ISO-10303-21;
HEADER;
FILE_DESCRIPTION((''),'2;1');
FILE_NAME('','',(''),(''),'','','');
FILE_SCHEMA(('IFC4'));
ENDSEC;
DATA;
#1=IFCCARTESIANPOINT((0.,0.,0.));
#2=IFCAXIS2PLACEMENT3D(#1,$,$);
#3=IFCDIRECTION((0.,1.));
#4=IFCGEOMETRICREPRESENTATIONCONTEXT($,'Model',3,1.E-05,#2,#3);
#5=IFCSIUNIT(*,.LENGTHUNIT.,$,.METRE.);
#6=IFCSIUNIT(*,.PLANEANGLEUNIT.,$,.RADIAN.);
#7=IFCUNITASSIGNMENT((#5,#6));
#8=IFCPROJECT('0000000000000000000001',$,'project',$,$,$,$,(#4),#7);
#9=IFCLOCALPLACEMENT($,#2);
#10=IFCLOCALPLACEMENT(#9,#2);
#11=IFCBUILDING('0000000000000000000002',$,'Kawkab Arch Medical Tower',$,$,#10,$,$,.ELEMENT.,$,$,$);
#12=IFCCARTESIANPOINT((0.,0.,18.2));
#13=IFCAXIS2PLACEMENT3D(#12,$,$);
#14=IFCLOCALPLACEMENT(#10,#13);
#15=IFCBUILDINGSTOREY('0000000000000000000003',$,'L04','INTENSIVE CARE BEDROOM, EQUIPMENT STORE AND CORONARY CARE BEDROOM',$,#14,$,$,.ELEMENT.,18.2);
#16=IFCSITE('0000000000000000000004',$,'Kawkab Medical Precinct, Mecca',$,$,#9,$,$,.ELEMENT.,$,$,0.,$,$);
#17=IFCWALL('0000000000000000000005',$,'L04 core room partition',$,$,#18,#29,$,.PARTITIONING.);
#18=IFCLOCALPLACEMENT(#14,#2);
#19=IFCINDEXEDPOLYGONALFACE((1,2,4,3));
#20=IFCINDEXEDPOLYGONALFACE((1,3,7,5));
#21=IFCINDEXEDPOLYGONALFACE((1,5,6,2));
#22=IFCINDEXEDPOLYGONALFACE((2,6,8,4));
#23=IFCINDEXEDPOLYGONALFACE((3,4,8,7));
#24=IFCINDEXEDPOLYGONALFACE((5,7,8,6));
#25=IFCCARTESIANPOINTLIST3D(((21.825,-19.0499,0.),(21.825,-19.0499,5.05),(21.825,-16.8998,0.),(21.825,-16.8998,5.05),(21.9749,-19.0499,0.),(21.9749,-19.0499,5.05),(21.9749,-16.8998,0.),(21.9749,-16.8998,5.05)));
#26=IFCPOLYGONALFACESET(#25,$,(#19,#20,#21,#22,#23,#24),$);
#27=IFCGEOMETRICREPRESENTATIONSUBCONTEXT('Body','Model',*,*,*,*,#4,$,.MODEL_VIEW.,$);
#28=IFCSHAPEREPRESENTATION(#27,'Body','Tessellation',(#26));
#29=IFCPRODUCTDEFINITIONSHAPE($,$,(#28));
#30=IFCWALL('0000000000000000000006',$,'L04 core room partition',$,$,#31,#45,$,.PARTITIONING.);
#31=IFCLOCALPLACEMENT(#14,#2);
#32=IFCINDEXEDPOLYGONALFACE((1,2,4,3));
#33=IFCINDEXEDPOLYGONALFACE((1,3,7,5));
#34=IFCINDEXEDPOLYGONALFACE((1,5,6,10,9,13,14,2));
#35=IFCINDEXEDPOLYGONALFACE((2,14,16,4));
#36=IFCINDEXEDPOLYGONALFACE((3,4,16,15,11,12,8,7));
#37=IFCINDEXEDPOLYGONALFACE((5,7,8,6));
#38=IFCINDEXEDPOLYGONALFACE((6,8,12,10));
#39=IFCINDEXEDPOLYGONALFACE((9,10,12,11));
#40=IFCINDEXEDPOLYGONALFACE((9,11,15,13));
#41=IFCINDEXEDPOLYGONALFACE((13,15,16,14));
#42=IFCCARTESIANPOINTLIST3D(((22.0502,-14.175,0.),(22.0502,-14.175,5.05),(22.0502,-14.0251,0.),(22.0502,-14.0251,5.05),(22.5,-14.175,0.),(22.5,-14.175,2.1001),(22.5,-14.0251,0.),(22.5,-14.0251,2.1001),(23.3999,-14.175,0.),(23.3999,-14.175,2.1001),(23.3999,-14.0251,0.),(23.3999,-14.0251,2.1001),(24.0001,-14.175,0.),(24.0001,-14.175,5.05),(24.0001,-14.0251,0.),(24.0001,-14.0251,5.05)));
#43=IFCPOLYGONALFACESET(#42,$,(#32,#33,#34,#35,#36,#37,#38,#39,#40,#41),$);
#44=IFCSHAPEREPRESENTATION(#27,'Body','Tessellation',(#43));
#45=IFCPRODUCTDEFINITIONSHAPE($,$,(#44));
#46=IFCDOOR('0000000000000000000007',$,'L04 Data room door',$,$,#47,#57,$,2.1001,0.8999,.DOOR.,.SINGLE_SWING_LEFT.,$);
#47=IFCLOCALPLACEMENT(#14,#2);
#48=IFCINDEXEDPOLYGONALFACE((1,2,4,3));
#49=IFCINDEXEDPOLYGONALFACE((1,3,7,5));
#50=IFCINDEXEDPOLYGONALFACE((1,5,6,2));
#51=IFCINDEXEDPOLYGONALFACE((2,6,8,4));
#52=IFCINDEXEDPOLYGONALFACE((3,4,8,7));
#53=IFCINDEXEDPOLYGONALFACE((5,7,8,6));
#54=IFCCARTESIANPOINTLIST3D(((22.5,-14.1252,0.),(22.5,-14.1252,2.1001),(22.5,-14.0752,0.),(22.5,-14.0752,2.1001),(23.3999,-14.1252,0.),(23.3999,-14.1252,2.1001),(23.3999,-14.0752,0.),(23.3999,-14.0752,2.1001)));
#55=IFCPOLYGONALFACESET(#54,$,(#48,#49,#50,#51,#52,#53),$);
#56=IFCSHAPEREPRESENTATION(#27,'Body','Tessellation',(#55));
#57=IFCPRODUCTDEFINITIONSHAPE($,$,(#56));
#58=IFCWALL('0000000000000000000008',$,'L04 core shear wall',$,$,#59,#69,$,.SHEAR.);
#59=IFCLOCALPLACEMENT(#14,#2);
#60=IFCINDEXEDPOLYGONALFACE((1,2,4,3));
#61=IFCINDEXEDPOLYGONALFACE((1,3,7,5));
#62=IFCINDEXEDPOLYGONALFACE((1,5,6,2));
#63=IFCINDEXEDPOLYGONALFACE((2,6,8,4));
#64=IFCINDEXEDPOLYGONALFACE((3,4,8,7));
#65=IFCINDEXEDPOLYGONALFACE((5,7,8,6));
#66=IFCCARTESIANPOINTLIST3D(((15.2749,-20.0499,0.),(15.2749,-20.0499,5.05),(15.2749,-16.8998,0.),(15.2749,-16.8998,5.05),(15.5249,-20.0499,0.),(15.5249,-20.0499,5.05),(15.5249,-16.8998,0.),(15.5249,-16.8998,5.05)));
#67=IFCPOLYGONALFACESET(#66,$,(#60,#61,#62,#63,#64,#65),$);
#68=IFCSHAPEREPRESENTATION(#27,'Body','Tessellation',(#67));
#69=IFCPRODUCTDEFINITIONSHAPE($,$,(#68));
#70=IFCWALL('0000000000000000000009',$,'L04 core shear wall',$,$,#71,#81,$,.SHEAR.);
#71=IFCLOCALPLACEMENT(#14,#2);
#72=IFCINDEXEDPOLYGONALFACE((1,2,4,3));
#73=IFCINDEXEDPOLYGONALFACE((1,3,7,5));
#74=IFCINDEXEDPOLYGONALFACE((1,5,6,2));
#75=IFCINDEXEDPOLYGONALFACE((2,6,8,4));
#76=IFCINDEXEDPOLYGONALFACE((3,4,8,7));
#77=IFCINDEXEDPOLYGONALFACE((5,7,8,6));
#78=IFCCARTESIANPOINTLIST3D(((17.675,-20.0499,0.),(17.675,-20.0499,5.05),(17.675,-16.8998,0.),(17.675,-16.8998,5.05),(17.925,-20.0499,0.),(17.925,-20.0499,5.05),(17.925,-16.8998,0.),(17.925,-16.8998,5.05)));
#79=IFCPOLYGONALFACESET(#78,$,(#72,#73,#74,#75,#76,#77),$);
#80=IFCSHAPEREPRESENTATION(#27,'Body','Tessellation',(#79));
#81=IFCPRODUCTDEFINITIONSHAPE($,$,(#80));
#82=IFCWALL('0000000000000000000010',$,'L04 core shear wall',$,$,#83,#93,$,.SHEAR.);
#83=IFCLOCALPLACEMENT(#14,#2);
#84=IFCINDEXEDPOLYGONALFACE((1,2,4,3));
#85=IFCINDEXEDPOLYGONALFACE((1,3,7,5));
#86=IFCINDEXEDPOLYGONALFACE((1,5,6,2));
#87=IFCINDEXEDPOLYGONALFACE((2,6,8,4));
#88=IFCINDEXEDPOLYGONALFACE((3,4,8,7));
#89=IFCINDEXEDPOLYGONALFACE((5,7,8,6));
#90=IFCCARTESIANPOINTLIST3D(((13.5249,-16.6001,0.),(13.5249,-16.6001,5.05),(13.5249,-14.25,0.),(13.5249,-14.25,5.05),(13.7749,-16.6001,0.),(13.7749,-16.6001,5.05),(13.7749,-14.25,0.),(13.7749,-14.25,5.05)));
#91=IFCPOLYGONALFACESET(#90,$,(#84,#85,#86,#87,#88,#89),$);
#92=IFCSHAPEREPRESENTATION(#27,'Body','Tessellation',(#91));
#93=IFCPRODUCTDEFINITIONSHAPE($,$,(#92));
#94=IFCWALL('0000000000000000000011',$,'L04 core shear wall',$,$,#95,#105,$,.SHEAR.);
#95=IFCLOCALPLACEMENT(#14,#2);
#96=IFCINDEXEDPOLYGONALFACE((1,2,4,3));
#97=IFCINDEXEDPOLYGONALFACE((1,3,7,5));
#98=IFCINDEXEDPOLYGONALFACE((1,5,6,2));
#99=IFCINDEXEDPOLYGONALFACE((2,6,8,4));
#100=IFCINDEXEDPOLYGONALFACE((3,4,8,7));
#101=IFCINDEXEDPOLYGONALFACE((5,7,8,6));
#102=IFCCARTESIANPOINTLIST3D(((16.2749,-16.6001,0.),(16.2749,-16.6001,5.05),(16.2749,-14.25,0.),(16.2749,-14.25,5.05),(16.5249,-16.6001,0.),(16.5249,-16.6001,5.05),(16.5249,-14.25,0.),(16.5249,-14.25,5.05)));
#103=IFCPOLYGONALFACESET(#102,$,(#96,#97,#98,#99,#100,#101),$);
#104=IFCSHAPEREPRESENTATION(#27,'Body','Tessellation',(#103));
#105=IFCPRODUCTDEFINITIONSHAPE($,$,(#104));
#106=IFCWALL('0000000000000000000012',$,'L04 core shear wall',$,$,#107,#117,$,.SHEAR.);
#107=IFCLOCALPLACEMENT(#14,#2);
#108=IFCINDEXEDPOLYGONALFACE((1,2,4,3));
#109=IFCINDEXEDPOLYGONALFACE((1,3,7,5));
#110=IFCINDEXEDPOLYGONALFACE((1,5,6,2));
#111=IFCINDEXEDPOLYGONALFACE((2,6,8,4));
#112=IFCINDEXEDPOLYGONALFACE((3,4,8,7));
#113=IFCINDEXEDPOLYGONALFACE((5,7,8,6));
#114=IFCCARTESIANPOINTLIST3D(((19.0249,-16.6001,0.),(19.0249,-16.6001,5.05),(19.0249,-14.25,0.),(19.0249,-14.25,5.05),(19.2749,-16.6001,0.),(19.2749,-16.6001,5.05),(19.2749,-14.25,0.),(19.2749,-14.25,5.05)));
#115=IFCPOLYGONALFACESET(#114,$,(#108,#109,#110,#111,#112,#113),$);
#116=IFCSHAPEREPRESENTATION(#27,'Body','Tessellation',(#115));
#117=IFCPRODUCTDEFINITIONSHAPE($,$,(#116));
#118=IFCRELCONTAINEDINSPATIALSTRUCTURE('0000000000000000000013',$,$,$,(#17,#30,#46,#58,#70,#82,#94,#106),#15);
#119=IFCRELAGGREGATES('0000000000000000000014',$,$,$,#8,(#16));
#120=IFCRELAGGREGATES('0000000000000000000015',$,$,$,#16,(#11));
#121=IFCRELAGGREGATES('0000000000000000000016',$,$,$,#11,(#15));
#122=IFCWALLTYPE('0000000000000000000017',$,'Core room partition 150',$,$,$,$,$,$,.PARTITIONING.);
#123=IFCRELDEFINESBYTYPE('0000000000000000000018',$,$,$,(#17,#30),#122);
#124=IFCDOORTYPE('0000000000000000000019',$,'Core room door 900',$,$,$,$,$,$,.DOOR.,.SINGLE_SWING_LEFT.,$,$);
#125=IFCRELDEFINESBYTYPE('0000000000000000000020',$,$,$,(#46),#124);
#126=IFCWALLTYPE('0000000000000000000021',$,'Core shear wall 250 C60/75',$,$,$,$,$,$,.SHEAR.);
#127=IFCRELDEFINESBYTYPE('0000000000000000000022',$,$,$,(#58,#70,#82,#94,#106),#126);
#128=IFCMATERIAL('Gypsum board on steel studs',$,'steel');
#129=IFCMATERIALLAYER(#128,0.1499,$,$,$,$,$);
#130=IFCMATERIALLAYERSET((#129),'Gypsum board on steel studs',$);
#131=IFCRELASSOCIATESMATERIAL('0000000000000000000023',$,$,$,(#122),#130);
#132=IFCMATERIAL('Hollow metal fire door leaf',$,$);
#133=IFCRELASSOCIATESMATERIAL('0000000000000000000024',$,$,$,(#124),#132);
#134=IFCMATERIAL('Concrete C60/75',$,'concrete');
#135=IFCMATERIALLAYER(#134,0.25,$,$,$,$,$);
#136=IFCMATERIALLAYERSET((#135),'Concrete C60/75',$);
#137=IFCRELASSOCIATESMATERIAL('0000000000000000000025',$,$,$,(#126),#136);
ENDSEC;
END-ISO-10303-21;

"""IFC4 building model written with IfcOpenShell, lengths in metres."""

from ifc_helpers import new_model, si_unit, direction, frame, frame_2d, origin, place, context, subcontext, project, spatial, rectangle, extrude, material, layer, layer_set, type_object, element, fill, save


model = new_model("IFC4")

# Units and contexts
model_context = context("Model", 3, precision=1e-05, world=origin(), true_north=direction((0.0, 1.0)))
body_context = subcontext(model_context, "Body", "Model", "MODEL_VIEW")
ifc_project = project(units=[si_unit("LENGTHUNIT", "METRE"), si_unit("PLANEANGLEUNIT", "RADIAN")], contexts=[model_context])

# Site, building, storey
site_placement = place(None, origin())
site = spatial("IfcSite", under=ifc_project, at=site_placement, Name="Kawkab Medical Precinct, Mecca", CompositionType="ELEMENT", RefElevation=0.0)
building_placement = place(site_placement, origin())
building = spatial("IfcBuilding", under=site, at=building_placement, Name="Kawkab Arch Medical Tower", CompositionType="ELEMENT")
storey_placement = place(building_placement, frame((0.0, 0.0, 18.2)))
storey = spatial("IfcBuildingStorey", under=building, at=storey_placement, Name="L04", Description="INTENSIVE CARE BEDROOM, EQUIPMENT STORE AND CORONARY CARE BEDROOM", CompositionType="ELEMENT", Elevation=18.2)

# Wall
ifc_material_1 = material(Name="Gypsum board on steel studs", Category="steel")
ifc_layer_1 = layer(ifc_material_1, 0.1499)
ifc_layer_set_1 = layer_set([ifc_layer_1], Name="Gypsum board on steel studs")
wall_type_1 = type_object("IfcWallType", Name="Core room partition 150", PredefinedType="PARTITIONING", material=ifc_layer_set_1)
wall_1_placement = place(storey_placement, frame((21.8999, -19.05, 0.0), z_axis=(0.0, 0.0, 1.0), x_axis=(0.0, 1.0, 0.0)))
element("IfcWall", 1, at=wall_1_placement, inside=storey, type_object=wall_type_1, Name="L04 core room partition", PredefinedType="PARTITIONING", context=body_context, shape_type="SweptSolid", body=[
    extrude(rectangle(XDim=2.1501, YDim=0.1499, at=frame_2d((1.0752, 0.0))), origin(), (0.0, 0.0, 1.0), 5.05),
])

# Wall, opening, door
wall_2_placement = place(storey_placement, frame((22.05, -14.1001, 0.0), z_axis=(0.0, 0.0, 1.0), x_axis=(1.0, 0.0, 0.0)))
wall_2 = element("IfcWall", 2, at=wall_2_placement, inside=storey, type_object=wall_type_1, Name="L04 core room partition", PredefinedType="PARTITIONING", context=body_context, shape_type="SweptSolid", body=[
    extrude(rectangle(XDim=1.95, YDim=0.1499, at=frame_2d((0.9751, 0.0))), origin(), (0.0, 0.0, 1.0), 5.05),
])
opening_1_placement = place(wall_2_placement, frame((0.45, 0.0, 0.0)))
opening_1 = element("IfcOpeningElement", 3, at=opening_1_placement, cuts=wall_2, PredefinedType="OPENING", context=body_context, shape_type="SweptSolid", body=[
    extrude(rectangle(XDim=0.8999, YDim=2.1001, at=frame_2d((0.45, 1.05))), frame((0.0, 0.085, 0.0), z_axis=(0.0, -1.0, 0.0), x_axis=(1.0, 0.0, 0.0)), (0.0, 0.0, 1.0), 0.1699),
])
ifc_material_2 = material(Name="Hollow metal fire door leaf")
door_type_1 = type_object("IfcDoorType", Name="Core room door 900", OperationType="SINGLE_SWING_LEFT", PredefinedType="DOOR", material=ifc_material_2)
door_1_placement = place(opening_1_placement, origin())
door_1 = element("IfcDoor", 4, at=door_1_placement, inside=storey, type_object=door_type_1, Name="L04 Data room door", OperationType="SINGLE_SWING_LEFT", OverallHeight=2.1001, OverallWidth=0.8999, PredefinedType="DOOR", context=body_context, shape_type="SweptSolid", body=[
    extrude(rectangle(XDim=0.8999, YDim=2.1001, at=frame_2d((0.45, 1.05))), frame((0.0, 0.0249, 0.0), z_axis=(0.0, -1.0, 0.0), x_axis=(1.0, 0.0, 0.0)), (0.0, 0.0, 1.0), 0.05),
])
fill(opening_1, door_1)

# Walls
ifc_material_3 = material(Name="Concrete C60/75", Category="concrete")
ifc_layer_2 = layer(ifc_material_3, 0.25)
ifc_layer_set_2 = layer_set([ifc_layer_2], Name="Concrete C60/75")
wall_type_2 = type_object("IfcWallType", Name="Core shear wall 250 C60/75", PredefinedType="SHEAR", material=ifc_layer_set_2)
for number, where, z_axis, x_axis, name in (
    (5, (15.3999, -20.05, 0.0), (0.0, 0.0, 1.0), (0.0, 1.0, 0.0), "L04 core shear wall"),
    (6, (17.8, -20.05, 0.0), (0.0, 0.0, 1.0), (0.0, 1.0, 0.0), "L04 core shear wall"),
):
    element("IfcWall", number, at=place(storey_placement, frame(where, z_axis=z_axis, x_axis=x_axis)), inside=storey, type_object=wall_type_2, Name=name, PredefinedType="SHEAR", context=body_context, shape_type="SweptSolid", body=[
        extrude(rectangle(XDim=3.1501, YDim=0.25, at=frame_2d((1.5752, 0.0))), origin(), (0.0, 0.0, 1.0), 5.05),
    ])
for number, where, z_axis, x_axis, name in (
    (7, (13.6499, -16.6001, 0.0), (0.0, 0.0, 1.0), (0.0, 1.0, 0.0), "L04 core shear wall"),
    (8, (16.3999, -16.6001, 0.0), (0.0, 0.0, 1.0), (0.0, 1.0, 0.0), "L04 core shear wall"),
    (9, (19.1499, -16.6001, 0.0), (0.0, 0.0, 1.0), (0.0, 1.0, 0.0), "L04 core shear wall"),
):
    element("IfcWall", number, at=place(storey_placement, frame(where, z_axis=z_axis, x_axis=x_axis)), inside=storey, type_object=wall_type_2, Name=name, PredefinedType="SHEAR", context=body_context, shape_type="SweptSolid", body=[
        extrude(rectangle(XDim=2.3501, YDim=0.25, at=frame_2d((1.175, 0.0))), origin(), (0.0, 0.0, 1.0), 5.05),
    ])

save(model, "model.ifc")
